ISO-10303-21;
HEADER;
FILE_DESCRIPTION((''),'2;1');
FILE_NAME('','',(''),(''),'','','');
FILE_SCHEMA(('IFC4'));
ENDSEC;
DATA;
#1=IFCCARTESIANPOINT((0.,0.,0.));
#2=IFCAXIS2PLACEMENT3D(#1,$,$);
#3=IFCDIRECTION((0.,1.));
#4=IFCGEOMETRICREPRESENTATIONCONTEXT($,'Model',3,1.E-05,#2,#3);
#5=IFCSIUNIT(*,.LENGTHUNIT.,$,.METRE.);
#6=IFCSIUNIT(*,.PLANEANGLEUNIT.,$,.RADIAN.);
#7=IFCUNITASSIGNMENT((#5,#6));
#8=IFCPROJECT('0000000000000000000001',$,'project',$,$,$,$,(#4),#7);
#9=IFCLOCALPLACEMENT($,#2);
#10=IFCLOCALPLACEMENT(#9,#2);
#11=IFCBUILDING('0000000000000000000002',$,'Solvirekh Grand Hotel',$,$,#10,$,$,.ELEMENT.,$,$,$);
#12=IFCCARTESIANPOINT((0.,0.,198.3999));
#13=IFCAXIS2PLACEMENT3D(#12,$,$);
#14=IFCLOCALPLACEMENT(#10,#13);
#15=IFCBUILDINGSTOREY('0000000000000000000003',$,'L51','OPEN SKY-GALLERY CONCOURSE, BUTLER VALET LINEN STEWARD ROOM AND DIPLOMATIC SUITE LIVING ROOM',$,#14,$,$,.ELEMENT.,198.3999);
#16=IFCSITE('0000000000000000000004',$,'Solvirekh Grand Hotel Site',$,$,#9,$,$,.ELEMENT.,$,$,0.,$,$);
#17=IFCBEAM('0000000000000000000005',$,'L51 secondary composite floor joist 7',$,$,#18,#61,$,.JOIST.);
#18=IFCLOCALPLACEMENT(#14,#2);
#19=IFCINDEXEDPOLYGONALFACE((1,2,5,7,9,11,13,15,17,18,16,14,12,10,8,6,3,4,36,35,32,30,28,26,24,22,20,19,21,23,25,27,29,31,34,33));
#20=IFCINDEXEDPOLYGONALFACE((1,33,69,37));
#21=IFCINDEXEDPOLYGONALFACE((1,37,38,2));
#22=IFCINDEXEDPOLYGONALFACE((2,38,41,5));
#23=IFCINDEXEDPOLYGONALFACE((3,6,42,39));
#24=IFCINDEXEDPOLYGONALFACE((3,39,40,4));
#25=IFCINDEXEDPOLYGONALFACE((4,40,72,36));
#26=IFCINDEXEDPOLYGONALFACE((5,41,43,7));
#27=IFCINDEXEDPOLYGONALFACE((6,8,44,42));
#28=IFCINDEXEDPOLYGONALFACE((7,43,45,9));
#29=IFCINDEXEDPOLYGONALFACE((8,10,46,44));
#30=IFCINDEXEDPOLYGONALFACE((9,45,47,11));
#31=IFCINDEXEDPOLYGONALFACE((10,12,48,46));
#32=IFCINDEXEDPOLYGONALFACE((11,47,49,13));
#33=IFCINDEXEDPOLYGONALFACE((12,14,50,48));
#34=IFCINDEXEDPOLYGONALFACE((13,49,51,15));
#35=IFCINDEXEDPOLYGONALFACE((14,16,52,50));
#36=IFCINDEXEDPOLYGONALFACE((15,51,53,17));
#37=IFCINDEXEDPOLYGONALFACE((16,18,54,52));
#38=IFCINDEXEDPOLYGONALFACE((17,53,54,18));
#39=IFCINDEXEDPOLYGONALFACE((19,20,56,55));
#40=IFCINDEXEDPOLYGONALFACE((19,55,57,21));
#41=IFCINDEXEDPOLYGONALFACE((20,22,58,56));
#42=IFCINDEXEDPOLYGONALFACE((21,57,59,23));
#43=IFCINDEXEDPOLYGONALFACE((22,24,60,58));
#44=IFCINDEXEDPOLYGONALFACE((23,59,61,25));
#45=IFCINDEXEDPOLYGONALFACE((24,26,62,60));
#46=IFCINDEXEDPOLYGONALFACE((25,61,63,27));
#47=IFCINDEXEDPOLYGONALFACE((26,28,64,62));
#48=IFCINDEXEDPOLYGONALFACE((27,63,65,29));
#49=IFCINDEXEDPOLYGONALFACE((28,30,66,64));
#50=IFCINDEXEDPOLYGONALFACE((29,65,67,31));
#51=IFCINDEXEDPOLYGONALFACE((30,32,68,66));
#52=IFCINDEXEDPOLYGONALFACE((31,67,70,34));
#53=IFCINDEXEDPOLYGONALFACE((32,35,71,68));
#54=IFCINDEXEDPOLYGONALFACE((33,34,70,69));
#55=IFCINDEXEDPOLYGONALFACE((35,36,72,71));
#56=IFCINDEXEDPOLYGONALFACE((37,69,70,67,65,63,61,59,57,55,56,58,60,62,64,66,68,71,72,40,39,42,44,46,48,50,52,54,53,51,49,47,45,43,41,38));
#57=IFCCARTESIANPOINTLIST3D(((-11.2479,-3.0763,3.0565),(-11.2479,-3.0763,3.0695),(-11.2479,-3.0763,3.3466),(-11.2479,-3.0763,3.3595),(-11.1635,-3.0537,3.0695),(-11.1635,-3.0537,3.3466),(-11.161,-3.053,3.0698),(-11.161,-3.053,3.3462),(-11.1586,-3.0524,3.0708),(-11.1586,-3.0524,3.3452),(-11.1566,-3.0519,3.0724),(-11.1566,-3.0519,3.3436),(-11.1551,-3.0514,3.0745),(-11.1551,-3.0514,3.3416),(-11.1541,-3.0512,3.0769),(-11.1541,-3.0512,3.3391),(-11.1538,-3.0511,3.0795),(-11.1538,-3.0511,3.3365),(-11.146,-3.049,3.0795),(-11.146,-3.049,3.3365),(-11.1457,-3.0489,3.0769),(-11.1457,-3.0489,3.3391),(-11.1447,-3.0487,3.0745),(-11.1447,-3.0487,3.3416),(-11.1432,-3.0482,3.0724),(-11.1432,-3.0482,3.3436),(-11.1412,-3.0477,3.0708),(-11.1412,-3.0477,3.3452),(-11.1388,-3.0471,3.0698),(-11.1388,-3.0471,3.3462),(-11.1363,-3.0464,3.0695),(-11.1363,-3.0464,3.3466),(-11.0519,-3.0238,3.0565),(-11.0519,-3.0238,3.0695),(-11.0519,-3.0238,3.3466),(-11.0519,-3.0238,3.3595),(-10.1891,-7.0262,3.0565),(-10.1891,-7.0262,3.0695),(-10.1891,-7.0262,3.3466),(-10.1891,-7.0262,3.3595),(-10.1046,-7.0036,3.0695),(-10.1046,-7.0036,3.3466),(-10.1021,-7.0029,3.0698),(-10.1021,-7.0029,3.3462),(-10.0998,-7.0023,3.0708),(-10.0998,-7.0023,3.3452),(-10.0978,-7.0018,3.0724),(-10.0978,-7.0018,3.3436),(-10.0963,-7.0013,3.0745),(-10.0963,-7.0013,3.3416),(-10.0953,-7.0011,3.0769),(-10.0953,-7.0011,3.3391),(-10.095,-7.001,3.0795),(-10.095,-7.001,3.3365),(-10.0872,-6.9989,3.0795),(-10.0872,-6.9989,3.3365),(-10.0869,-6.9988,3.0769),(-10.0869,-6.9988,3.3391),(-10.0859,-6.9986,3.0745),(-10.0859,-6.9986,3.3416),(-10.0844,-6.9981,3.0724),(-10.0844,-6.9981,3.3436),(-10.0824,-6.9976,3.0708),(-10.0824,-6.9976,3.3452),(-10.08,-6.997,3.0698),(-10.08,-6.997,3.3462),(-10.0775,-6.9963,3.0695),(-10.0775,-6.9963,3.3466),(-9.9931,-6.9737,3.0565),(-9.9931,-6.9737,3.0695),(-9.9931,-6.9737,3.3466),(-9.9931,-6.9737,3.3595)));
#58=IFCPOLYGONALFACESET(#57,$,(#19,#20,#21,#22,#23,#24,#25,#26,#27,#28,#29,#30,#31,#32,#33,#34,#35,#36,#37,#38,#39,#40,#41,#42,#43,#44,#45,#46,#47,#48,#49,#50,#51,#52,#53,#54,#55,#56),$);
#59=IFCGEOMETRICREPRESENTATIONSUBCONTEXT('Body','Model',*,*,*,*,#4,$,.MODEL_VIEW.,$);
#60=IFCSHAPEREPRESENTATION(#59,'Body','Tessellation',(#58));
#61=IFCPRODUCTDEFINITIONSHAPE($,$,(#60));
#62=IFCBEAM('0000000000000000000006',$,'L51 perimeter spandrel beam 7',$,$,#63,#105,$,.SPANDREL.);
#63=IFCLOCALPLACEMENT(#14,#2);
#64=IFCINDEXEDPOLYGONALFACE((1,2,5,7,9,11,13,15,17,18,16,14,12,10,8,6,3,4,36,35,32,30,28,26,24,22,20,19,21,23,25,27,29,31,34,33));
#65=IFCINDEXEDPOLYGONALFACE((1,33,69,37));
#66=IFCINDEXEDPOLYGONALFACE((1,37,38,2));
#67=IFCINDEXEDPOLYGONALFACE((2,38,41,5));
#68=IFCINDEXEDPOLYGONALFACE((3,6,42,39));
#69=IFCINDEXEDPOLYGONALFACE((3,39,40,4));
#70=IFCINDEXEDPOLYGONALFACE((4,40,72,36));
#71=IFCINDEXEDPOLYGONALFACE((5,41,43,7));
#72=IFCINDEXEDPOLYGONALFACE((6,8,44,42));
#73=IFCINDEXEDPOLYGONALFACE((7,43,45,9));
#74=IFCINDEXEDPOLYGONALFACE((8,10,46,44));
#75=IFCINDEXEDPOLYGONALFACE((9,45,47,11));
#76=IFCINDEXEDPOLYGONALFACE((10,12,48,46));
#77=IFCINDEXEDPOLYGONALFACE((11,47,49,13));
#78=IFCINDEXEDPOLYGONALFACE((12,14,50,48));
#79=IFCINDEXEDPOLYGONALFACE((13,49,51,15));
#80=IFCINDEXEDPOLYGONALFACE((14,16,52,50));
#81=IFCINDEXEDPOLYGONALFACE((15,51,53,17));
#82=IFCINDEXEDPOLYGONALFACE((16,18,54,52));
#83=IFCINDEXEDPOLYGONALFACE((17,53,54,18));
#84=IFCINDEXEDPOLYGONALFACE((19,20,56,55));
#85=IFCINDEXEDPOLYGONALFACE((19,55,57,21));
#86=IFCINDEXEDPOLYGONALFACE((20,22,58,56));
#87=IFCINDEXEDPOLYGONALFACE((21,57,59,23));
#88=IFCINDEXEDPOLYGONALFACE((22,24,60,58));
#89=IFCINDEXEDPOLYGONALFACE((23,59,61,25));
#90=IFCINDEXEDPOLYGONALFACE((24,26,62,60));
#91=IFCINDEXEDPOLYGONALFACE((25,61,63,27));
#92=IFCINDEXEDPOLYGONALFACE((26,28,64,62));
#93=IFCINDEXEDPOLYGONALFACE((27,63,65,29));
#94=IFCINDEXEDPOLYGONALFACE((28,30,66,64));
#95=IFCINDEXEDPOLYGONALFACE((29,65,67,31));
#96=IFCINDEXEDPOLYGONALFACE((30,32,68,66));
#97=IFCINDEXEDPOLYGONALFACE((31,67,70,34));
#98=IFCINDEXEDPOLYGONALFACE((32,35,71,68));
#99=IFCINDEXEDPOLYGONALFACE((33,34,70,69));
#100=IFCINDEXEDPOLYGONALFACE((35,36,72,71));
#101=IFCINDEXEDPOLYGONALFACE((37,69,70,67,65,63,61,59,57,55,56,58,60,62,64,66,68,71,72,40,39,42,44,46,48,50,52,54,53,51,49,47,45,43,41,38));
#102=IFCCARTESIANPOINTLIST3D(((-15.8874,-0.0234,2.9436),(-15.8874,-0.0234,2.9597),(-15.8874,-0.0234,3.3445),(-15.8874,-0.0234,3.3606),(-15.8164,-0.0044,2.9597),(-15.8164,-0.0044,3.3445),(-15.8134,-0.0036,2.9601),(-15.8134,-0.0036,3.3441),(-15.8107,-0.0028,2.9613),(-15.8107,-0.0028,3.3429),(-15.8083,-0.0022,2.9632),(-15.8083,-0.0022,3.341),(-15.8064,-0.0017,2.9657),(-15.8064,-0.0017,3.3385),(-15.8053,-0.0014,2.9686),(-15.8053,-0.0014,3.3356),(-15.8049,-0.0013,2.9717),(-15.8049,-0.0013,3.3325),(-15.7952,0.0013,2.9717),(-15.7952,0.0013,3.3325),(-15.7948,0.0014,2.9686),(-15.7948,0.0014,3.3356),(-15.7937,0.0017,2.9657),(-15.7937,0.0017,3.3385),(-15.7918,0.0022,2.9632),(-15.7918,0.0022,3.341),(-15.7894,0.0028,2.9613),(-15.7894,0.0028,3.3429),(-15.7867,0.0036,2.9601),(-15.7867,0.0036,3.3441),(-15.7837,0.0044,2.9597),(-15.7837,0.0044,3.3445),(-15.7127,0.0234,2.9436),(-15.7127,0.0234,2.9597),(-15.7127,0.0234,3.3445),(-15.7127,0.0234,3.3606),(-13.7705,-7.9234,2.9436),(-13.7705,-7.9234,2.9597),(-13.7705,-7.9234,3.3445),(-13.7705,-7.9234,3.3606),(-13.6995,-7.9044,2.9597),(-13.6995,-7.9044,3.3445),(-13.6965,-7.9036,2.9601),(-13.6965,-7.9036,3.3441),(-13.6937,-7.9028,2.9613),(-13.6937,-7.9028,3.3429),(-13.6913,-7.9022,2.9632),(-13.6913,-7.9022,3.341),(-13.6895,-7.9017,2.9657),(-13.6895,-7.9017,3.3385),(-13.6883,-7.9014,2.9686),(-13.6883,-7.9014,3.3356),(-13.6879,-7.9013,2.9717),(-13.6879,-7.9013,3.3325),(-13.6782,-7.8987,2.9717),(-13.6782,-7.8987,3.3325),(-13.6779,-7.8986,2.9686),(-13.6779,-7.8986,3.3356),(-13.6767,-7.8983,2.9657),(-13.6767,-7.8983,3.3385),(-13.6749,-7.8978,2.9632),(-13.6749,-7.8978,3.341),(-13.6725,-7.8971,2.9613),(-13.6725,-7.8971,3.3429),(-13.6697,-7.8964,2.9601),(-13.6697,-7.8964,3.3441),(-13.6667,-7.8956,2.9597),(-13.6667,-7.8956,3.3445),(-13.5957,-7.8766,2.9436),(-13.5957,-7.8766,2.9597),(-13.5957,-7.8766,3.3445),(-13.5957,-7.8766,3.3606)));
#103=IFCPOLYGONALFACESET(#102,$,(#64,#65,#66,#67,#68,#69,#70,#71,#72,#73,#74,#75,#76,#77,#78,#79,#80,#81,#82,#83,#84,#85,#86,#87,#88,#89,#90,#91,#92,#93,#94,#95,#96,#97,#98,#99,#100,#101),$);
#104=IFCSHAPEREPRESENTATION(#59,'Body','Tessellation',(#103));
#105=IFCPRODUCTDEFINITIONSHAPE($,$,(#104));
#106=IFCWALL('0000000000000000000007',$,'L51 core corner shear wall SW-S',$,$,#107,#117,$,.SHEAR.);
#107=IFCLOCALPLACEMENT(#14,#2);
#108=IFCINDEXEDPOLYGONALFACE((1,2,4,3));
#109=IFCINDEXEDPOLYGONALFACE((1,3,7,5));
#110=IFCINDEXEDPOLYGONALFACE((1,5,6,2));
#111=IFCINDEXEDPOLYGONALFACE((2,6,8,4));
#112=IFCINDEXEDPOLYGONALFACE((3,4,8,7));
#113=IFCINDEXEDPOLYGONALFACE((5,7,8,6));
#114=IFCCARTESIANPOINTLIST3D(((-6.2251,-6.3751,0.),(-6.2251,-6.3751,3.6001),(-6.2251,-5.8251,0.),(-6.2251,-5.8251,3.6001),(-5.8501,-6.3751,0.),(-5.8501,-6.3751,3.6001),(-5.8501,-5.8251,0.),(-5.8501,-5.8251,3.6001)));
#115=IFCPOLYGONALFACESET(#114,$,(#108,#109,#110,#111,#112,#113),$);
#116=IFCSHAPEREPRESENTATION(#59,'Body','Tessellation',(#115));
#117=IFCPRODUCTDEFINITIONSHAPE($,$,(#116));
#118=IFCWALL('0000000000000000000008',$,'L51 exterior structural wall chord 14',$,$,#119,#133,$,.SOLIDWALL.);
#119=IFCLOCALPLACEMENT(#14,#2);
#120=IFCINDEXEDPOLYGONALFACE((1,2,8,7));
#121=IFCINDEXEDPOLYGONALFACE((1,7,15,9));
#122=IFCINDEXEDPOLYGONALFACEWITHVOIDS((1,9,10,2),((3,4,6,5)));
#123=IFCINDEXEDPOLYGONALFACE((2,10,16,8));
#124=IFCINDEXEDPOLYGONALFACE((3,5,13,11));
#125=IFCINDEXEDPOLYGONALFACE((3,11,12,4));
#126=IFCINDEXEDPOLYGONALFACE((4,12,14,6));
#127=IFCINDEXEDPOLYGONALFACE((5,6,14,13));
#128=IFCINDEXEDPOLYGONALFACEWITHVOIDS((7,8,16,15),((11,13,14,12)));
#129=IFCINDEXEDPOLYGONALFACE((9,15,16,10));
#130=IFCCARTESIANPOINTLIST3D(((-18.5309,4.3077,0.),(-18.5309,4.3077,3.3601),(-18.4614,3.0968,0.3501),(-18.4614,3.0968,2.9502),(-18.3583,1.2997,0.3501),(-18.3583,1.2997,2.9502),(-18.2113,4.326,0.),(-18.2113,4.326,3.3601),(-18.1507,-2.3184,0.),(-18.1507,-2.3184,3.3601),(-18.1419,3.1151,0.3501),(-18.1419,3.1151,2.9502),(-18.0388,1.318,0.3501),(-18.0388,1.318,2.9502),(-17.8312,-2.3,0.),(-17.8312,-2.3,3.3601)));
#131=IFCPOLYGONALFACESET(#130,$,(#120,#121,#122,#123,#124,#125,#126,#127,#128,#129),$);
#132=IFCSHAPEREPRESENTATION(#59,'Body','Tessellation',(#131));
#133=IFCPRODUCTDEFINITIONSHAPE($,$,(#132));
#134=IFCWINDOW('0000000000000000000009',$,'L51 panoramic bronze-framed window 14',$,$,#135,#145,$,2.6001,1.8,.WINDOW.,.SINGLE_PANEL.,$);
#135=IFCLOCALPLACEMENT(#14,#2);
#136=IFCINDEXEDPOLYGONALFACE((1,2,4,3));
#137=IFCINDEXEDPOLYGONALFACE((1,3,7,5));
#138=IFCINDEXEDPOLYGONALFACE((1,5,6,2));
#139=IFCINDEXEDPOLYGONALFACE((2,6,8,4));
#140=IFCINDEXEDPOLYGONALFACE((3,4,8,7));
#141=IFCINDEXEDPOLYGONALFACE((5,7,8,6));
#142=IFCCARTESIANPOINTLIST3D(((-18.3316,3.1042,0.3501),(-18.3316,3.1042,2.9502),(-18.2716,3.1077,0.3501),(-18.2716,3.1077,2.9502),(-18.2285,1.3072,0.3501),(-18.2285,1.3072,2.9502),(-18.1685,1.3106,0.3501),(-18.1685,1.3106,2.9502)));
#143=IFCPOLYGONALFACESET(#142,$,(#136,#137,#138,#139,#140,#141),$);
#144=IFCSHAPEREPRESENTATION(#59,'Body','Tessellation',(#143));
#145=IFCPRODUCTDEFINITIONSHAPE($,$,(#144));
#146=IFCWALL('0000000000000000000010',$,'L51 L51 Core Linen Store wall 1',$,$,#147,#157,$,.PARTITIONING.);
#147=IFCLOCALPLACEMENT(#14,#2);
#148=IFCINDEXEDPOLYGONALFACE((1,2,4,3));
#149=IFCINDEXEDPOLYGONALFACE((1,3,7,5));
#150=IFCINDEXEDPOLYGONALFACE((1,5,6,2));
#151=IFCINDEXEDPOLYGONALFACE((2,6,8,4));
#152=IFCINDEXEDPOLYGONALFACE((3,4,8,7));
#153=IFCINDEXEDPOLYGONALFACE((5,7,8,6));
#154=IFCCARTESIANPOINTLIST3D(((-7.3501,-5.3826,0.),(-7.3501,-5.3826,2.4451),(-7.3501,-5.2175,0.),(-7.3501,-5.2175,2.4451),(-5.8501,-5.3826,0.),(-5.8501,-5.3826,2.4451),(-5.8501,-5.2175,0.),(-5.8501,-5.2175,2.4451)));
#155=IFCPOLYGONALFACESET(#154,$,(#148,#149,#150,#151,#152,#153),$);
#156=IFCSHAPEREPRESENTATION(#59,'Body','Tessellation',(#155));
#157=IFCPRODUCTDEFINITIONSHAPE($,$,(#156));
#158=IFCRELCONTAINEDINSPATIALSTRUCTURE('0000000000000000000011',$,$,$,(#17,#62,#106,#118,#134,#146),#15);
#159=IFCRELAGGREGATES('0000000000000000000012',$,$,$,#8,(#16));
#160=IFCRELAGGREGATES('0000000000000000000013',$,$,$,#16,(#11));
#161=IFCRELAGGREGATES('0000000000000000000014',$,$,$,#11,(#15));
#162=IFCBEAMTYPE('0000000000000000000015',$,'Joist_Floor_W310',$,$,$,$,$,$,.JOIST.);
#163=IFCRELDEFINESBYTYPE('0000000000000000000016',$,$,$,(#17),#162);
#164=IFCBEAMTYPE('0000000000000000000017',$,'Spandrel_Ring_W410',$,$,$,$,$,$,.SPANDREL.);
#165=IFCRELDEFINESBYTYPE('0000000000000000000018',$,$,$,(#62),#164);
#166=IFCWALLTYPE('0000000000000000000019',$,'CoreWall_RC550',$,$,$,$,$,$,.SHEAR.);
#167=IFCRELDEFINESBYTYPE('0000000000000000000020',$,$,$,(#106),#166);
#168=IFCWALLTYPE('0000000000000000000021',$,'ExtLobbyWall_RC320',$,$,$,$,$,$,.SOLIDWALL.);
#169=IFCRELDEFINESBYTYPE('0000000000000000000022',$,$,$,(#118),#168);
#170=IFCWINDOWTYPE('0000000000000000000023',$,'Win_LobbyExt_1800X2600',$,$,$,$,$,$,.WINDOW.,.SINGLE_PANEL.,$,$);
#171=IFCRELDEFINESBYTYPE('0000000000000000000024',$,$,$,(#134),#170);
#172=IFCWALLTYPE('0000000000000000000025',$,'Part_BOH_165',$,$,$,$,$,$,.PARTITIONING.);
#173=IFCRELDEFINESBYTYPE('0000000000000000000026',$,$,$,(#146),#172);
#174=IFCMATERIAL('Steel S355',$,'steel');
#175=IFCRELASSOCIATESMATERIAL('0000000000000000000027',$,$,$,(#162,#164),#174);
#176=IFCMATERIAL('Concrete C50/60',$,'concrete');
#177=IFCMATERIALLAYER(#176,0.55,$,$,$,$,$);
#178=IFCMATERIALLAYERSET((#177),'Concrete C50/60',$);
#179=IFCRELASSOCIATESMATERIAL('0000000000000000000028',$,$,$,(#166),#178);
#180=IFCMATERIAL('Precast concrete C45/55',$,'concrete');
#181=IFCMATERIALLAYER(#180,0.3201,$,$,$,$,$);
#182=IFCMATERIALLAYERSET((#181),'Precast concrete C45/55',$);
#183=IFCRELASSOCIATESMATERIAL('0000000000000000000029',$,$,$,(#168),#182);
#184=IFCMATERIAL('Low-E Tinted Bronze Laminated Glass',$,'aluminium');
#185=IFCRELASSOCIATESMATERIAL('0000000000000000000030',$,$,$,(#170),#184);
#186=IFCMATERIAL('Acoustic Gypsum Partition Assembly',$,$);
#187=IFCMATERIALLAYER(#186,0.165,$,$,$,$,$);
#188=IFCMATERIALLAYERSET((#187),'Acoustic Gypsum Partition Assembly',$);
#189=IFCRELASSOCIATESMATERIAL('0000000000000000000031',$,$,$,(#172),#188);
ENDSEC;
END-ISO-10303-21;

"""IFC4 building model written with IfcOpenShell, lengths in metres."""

from ifc_helpers import new_model, si_unit, direction, frame, frame_2d, origin, origin_2d, place, context, subcontext, project, spatial, rectangle, i_section, extrude, material, layer, layer_set, material_profile, profile_set, type_object, element, fill, save


model = new_model("IFC4")

# Units and contexts
model_context = context("Model", 3, precision=1e-05, world=origin(), true_north=direction((0.0, 1.0)))
body_context = subcontext(model_context, "Body", "Model", "MODEL_VIEW")
ifc_project = project(units=[si_unit("LENGTHUNIT", "METRE"), si_unit("PLANEANGLEUNIT", "RADIAN")], contexts=[model_context])

# Site, building, storey
site_placement = place(None, origin())
site = spatial("IfcSite", under=ifc_project, at=site_placement, Name="Solvirekh Grand Hotel Site", CompositionType="ELEMENT", RefElevation=0.0)
building_placement = place(site_placement, origin())
building = spatial("IfcBuilding", under=site, at=building_placement, Name="Solvirekh Grand Hotel", CompositionType="ELEMENT")
storey_placement = place(building_placement, frame((0.0, 0.0, 198.3999)))
storey = spatial("IfcBuildingStorey", under=building, at=storey_placement, Name="L51", Description="OPEN SKY-GALLERY CONCOURSE, BUTLER VALET LINEN STEWARD ROOM AND DIPLOMATIC SUITE LIVING ROOM", CompositionType="ELEMENT", Elevation=198.3999)

# Shared definitions
ifc_material_1 = material(Name="Concrete C50/60", Category="concrete")

# Beams
ifc_material_2 = material(Name="Steel S355", Category="steel")
ifc_material_profile_1 = material_profile(ifc_material_2, i_section(OverallWidth=0.2029, OverallDepth=0.303, WebThickness=0.0081, FlangeThickness=0.0129, FilletRadius=0.01, at=origin_2d()), Name="W310X60")
ifc_profile_set_1 = profile_set([ifc_material_profile_1], Name="Steel S355")
beam_type_1 = type_object("IfcBeamType", Name="Joist_Floor_W310", PredefinedType="JOIST", material=ifc_profile_set_1)
beam_1_placement = place(storey_placement, frame((-11.1499, -3.05, 3.208), z_axis=(0.258922, -0.965898, 0.0), x_axis=(0.965898, 0.258922, 0.0)))
element("IfcBeam", 1, at=beam_1_placement, inside=storey, type_object=beam_type_1, Name="L51 secondary composite floor joist 7", PredefinedType="JOIST", context=body_context, shape_type="SweptSolid", body=[
    extrude(i_section(OverallWidth=0.2029, OverallDepth=0.303, WebThickness=0.0081, FlangeThickness=0.0129, FilletRadius=0.01, at=origin_2d()), origin(), (0.0, 0.0, 1.0), 4.0894),
])
ifc_material_profile_2 = material_profile(ifc_material_2, i_section(OverallWidth=0.1809, OverallDepth=0.417, WebThickness=0.01, FlangeThickness=0.0161, FilletRadius=0.012, at=origin_2d()), Name="W410X85")
ifc_profile_set_2 = profile_set([ifc_material_profile_2], Name="Steel S355")
beam_type_2 = type_object("IfcBeamType", Name="Spandrel_Ring_W410", PredefinedType="SPANDREL", material=ifc_profile_set_2)
beam_2_placement = place(storey_placement, frame((-15.8, 0.0, 3.1521), z_axis=(0.258839, -0.965921, 0.0), x_axis=(0.965921, 0.258839, 0.0)))
element("IfcBeam", 2, at=beam_2_placement, inside=storey, type_object=beam_type_2, Name="L51 perimeter spandrel beam 7", PredefinedType="SPANDREL", context=body_context, shape_type="SweptSolid", body=[
    extrude(i_section(OverallWidth=0.1809, OverallDepth=0.417, WebThickness=0.01, FlangeThickness=0.0161, FilletRadius=0.012, at=origin_2d()), origin(), (0.0, 0.0, 1.0), 8.1787),
])

# Wall
ifc_layer_1 = layer(ifc_material_1, 0.55)
ifc_layer_set_1 = layer_set([ifc_layer_1], Name="Concrete C50/60")
wall_type_1 = type_object("IfcWallType", Name="CoreWall_RC550", PredefinedType="SHEAR", material=ifc_layer_set_1)
wall_1_placement = place(storey_placement, frame((-6.2251, -6.1001, 0.0), z_axis=(0.0, 0.0, 1.0), x_axis=(1.0, 0.0, 0.0)))
element("IfcWall", 3, at=wall_1_placement, inside=storey, type_object=wall_type_1, Name="L51 core corner shear wall SW-S", PredefinedType="SHEAR", context=body_context, shape_type="SweptSolid", body=[
    extrude(rectangle(XDim=0.375, YDim=0.55, at=frame_2d((0.1875, 0.0))), origin(), (0.0, 0.0, 1.0), 3.6001),
])

# Wall, opening, window
ifc_material_3 = material(Name="Precast concrete C45/55", Category="concrete")
ifc_layer_2 = layer(ifc_material_3, 0.3201)
ifc_layer_set_2 = layer_set([ifc_layer_2], Name="Precast concrete C45/55")
wall_type_2 = type_object("IfcWallType", Name="ExtLobbyWall_RC320", PredefinedType="SOLIDWALL", material=ifc_layer_set_2)
wall_2_placement = place(storey_placement, frame((-17.991, -2.3091, 0.0), z_axis=(0.0, 0.0, 1.0), x_axis=(-0.057275, 0.998358, 0.0)))
wall_2 = element("IfcWall", 4, at=wall_2_placement, inside=storey, type_object=wall_type_2, Name="L51 exterior structural wall chord 14", PredefinedType="SOLIDWALL", context=body_context, shape_type="SweptSolid", body=[
    extrude(rectangle(XDim=6.637, YDim=0.3201, at=frame_2d((3.3184, 0.0))), origin(), (0.0, 0.0, 1.0), 3.3601),
])
opening_1_placement = place(wall_2_placement, frame((3.624, 0.0, 0.3501)))
opening_1 = element("IfcOpeningElement", 5, at=opening_1_placement, cuts=wall_2, PredefinedType="OPENING", context=body_context, shape_type="SweptSolid", body=[
    extrude(rectangle(XDim=1.8, YDim=2.6001, at=frame_2d((0.8999, 1.3))), frame((0.0, 0.1699, 0.0), z_axis=(0.0, -1.0, 0.0), x_axis=(1.0, 0.0, 0.0)), (0.0, 0.0, 1.0), 0.3401),
])
ifc_material_4 = material(Name="Low-E Tinted Bronze Laminated Glass", Category="aluminium")
window_type = type_object("IfcWindowType", Name="Win_LobbyExt_1800X2600", PartitioningType="SINGLE_PANEL", PredefinedType="WINDOW", material=ifc_material_4)
window_placement = place(opening_1_placement, origin())
window = element("IfcWindow", 6, at=window_placement, inside=storey, type_object=window_type, Name="L51 panoramic bronze-framed window 14", OverallHeight=2.6001, OverallWidth=1.8, PartitioningType="SINGLE_PANEL", PredefinedType="WINDOW", context=body_context, shape_type="SweptSolid", body=[
    extrude(rectangle(XDim=1.8, YDim=2.6001, at=frame_2d((0.8999, 1.3))), frame((0.0, 0.03, 0.0), z_axis=(0.0, -1.0, 0.0), x_axis=(1.0, 0.0, 0.0)), (0.0, 0.0, 1.0), 0.0601),
])
fill(opening_1, window)

# Wall
ifc_material_5 = material(Name="Acoustic Gypsum Partition Assembly")
ifc_layer_3 = layer(ifc_material_5, 0.165)
ifc_layer_set_3 = layer_set([ifc_layer_3], Name="Acoustic Gypsum Partition Assembly")
wall_type_3 = type_object("IfcWallType", Name="Part_BOH_165", PredefinedType="PARTITIONING", material=ifc_layer_set_3)
wall_3_placement = place(storey_placement, frame((-7.3501, -5.3, 0.0), z_axis=(0.0, 0.0, 1.0), x_axis=(1.0, 0.0, 0.0)))
element("IfcWall", 7, at=wall_3_placement, inside=storey, type_object=wall_type_3, Name="L51 L51 Core Linen Store wall 1", PredefinedType="PARTITIONING", context=body_context, shape_type="SweptSolid", body=[
    extrude(rectangle(XDim=1.5, YDim=0.165, at=frame_2d((0.75, 0.0))), origin(), (0.0, 0.0, 1.0), 2.4451),
])

save(model, "model.ifc")
